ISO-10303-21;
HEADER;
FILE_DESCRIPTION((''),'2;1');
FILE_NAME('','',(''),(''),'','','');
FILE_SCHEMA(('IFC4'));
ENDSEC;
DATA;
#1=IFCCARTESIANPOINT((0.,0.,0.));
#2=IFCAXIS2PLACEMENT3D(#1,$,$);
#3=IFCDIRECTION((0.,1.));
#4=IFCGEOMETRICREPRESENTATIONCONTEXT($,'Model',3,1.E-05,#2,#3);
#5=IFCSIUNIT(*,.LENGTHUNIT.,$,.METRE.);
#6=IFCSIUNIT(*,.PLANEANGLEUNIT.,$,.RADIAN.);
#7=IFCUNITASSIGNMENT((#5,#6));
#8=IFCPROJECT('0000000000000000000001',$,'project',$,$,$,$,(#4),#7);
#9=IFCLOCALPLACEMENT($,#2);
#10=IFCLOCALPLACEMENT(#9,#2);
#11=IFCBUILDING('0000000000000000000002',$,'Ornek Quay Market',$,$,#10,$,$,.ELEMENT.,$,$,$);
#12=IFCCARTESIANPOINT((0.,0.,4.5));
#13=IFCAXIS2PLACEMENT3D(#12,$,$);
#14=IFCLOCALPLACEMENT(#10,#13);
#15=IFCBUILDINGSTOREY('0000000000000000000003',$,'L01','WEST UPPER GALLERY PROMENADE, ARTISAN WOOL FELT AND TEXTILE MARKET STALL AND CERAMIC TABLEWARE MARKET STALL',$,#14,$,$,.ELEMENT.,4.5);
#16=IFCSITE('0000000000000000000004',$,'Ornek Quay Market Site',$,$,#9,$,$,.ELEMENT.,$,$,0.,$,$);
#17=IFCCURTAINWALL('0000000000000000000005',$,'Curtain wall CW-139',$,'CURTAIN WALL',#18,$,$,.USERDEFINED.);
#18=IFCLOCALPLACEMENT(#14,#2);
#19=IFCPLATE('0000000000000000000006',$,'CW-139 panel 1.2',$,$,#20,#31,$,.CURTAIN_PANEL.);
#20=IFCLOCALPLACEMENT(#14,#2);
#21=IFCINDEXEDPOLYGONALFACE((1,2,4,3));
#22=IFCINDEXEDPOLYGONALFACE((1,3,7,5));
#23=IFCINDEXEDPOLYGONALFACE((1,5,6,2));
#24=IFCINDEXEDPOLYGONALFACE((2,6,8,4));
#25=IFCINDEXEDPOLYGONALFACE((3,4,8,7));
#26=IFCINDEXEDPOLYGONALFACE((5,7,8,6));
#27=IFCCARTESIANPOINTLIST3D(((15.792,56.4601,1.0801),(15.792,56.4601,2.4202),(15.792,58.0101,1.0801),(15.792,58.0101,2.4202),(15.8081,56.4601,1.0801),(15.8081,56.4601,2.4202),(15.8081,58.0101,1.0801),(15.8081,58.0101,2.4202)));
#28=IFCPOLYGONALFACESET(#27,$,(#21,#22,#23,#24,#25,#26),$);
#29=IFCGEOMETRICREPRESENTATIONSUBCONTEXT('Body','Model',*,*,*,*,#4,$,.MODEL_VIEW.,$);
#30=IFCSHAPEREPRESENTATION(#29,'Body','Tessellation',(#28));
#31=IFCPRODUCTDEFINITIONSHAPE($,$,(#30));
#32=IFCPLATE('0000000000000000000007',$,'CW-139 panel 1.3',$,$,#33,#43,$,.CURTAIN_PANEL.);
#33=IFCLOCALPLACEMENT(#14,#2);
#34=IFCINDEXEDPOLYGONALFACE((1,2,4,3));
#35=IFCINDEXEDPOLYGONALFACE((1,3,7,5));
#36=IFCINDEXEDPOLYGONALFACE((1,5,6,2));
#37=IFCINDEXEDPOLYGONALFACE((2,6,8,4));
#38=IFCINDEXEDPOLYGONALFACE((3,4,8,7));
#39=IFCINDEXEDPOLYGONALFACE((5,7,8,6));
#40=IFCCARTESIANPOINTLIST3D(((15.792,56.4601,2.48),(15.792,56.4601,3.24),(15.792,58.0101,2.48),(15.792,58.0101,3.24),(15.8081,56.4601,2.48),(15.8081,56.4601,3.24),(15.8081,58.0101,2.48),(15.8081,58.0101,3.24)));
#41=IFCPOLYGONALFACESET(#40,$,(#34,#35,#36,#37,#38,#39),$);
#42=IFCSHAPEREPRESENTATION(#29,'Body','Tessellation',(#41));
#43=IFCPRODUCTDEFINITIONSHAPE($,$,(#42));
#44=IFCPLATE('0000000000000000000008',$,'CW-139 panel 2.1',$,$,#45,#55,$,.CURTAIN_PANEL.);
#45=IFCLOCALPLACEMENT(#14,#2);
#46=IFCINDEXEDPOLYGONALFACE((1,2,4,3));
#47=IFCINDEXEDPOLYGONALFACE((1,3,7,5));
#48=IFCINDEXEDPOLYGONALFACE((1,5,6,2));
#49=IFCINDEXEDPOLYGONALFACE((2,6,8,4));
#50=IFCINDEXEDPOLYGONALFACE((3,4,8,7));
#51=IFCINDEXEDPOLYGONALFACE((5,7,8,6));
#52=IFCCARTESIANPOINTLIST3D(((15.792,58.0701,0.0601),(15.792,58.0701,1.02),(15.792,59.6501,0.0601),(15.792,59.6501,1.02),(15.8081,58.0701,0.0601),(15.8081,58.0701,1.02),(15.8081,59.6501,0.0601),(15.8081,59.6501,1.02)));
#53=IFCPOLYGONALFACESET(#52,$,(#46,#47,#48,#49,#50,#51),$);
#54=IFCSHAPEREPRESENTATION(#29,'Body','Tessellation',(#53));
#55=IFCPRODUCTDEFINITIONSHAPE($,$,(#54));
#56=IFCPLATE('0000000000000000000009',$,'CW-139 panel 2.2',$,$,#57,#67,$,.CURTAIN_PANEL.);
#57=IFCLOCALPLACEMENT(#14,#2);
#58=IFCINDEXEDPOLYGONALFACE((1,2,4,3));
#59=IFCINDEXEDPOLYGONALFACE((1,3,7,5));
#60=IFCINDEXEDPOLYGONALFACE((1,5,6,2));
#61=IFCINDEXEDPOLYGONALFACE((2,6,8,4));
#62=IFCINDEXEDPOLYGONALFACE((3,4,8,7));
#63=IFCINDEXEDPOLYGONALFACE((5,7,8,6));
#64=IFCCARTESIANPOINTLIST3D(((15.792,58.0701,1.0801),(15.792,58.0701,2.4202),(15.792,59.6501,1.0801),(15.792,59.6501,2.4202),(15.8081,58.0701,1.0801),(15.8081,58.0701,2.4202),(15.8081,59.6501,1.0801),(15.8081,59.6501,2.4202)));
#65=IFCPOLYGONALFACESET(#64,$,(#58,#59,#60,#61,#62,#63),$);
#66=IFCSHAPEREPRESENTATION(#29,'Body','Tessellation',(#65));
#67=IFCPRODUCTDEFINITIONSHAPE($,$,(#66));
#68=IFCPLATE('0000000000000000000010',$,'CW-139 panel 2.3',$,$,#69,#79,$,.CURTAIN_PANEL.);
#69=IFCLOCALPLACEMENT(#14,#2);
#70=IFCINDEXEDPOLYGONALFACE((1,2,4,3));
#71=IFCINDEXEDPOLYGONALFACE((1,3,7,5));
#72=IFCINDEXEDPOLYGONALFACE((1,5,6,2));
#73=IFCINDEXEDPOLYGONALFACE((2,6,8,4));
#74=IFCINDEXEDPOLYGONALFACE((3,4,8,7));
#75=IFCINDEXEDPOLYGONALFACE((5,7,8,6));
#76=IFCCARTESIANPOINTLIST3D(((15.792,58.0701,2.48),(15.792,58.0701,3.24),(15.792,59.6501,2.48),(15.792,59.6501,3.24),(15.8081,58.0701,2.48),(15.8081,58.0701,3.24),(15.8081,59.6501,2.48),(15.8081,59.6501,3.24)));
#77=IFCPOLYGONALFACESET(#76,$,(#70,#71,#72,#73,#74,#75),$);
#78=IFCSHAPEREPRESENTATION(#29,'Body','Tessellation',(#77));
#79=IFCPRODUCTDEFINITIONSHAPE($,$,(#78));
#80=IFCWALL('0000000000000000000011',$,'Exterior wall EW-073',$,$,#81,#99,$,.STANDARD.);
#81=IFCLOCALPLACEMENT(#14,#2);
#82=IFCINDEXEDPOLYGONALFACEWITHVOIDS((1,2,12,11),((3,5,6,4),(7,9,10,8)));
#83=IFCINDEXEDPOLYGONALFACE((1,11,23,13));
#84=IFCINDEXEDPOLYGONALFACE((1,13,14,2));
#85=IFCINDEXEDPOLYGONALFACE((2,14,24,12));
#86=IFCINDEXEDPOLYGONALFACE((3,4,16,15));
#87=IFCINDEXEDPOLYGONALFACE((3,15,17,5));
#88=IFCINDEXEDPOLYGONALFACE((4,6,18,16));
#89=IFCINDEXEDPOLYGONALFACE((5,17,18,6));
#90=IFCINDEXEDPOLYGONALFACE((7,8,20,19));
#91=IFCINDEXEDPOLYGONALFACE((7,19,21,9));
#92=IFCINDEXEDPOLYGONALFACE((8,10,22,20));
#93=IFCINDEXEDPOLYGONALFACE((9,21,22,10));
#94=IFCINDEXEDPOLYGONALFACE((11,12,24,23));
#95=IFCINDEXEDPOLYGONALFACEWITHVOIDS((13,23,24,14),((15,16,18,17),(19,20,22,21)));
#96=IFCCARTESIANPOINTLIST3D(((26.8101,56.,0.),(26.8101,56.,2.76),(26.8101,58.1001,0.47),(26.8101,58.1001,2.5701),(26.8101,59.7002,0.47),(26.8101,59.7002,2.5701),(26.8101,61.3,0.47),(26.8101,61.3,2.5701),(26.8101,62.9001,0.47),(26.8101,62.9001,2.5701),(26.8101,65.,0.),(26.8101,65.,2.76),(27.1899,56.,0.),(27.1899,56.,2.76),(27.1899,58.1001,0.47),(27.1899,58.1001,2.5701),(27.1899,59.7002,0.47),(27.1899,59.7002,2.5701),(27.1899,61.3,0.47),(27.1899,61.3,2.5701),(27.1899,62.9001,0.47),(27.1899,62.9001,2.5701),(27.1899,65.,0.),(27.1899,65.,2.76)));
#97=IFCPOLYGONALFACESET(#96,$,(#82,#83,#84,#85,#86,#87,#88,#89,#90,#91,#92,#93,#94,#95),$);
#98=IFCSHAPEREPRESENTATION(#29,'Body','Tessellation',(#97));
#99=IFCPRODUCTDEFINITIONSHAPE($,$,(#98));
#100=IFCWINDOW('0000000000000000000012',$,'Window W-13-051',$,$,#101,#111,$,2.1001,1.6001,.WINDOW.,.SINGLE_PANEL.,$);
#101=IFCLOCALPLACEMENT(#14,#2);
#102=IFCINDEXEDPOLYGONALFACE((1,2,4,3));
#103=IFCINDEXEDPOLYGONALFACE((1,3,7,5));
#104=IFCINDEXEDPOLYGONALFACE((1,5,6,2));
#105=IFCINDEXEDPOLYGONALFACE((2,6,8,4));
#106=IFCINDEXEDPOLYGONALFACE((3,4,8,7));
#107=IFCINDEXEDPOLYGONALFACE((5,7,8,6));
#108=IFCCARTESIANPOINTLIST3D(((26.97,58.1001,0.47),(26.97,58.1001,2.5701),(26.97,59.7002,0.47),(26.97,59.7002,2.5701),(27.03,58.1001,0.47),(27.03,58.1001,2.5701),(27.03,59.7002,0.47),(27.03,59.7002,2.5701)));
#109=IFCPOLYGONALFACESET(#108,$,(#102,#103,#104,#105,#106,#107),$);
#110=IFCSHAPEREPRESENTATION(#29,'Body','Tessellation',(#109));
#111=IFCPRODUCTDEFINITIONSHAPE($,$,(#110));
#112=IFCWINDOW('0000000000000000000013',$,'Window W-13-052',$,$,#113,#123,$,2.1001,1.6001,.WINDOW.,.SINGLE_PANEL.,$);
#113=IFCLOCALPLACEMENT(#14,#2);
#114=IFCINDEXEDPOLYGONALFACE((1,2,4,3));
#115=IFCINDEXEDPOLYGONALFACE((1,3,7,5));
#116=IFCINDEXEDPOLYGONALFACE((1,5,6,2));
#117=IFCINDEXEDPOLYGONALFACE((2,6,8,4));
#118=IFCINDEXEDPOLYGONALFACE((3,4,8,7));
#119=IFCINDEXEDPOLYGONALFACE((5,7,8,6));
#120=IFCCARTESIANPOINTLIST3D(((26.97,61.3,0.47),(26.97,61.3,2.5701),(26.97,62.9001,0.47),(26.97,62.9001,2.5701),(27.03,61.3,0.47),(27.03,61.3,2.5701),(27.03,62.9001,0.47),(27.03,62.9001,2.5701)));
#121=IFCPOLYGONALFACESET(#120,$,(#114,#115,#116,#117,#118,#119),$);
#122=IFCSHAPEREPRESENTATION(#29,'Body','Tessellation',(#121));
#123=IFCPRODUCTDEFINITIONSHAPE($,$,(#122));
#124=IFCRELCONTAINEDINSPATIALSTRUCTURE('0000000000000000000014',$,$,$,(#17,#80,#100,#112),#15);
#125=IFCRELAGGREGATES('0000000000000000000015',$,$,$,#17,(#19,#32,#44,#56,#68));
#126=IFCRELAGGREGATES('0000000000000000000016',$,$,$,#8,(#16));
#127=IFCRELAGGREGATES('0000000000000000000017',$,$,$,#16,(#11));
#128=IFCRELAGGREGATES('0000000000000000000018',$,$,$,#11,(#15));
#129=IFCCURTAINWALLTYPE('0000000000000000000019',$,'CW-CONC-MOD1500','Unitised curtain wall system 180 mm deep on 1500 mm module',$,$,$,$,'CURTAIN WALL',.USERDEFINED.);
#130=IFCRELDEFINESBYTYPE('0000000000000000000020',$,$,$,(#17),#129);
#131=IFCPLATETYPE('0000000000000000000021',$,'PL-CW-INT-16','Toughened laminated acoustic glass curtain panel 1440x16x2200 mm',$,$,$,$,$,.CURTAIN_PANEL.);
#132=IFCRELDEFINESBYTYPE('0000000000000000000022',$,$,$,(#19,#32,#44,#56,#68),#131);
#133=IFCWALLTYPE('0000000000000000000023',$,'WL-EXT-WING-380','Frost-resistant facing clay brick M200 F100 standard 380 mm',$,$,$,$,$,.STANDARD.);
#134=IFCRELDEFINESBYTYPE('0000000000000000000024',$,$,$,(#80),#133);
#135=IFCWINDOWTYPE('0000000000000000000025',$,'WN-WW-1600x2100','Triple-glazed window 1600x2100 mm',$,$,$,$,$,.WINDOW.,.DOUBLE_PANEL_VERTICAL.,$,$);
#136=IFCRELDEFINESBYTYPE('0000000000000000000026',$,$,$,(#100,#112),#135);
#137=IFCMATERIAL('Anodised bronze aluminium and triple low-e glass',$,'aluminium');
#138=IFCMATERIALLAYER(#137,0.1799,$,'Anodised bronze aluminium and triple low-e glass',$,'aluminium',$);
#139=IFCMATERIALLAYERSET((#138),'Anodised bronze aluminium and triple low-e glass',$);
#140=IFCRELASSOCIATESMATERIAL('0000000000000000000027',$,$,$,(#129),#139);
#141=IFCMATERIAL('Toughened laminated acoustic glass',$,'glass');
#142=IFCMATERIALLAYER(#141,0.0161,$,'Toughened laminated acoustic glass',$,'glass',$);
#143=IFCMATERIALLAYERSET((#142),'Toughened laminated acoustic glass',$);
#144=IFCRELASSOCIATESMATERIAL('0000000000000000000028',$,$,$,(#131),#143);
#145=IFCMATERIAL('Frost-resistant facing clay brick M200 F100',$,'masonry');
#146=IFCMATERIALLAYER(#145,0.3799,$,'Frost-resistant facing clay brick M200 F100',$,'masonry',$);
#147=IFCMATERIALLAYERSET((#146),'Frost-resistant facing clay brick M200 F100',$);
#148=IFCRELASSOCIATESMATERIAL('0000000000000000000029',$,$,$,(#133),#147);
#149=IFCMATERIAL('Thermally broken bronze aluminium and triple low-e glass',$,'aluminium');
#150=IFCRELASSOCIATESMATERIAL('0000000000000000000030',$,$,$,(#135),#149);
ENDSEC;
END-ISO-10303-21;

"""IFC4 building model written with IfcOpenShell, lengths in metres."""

from ifc_helpers import new_model, si_unit, direction, frame, frame_2d, origin, origin_2d, place, context, subcontext, project, spatial, rectangle, extrude, material, layer, layer_set, type_object, element, fill, aggregate, save


model = new_model("IFC4")

# Units and contexts
model_context = context("Model", 3, precision=1e-05, world=origin(), true_north=direction((0.0, 1.0)))
body_context = subcontext(model_context, "Body", "Model", "MODEL_VIEW")
ifc_project = project(units=[si_unit("LENGTHUNIT", "METRE"), si_unit("PLANEANGLEUNIT", "RADIAN")], contexts=[model_context])

# Site, building, storey
site_placement = place(None, origin())
site = spatial("IfcSite", under=ifc_project, at=site_placement, Name="Ornek Quay Market Site", CompositionType="ELEMENT", RefElevation=0.0)
building_placement = place(site_placement, origin())
building = spatial("IfcBuilding", under=site, at=building_placement, Name="Ornek Quay Market", CompositionType="ELEMENT")
storey_placement = place(building_placement, frame((0.0, 0.0, 4.5)))
storey = spatial("IfcBuildingStorey", under=building, at=storey_placement, Name="L01", Description="WEST UPPER GALLERY PROMENADE, ARTISAN WOOL FELT AND TEXTILE MARKET STALL AND CERAMIC TABLEWARE MARKET STALL", CompositionType="ELEMENT", Elevation=4.5)

# Shared definitions
ifc_material_1 = material(Name="Anodised bronze aluminium and triple low-e glass", Category="aluminium")
ifc_layer_1 = layer(ifc_material_1, 0.1799, Name="Anodised bronze aluminium and triple low-e glass", Category="aluminium")
ifc_layer_set_1 = layer_set([ifc_layer_1], Name="Anodised bronze aluminium and triple low-e glass")
curtain_wall_type = type_object("IfcCurtainWallType", Name="CW-CONC-MOD1500", Description="Unitised curtain wall system 180 mm deep on 1500 mm module", ElementType="CURTAIN WALL", PredefinedType="USERDEFINED", material=ifc_layer_set_1)

# Curtain wall
curtain_wall_1_placement = place(storey_placement, origin())
curtain_wall_1 = element("IfcCurtainWall", 1, at=curtain_wall_1_placement, inside=storey, type_object=curtain_wall_type, Name="Curtain wall CW-139", ObjectType="CURTAIN WALL", PredefinedType="USERDEFINED")

# Plates
ifc_material_2 = material(Name="Toughened laminated acoustic glass", Category="glass")
ifc_layer_2 = layer(ifc_material_2, 0.0161, Name="Toughened laminated acoustic glass", Category="glass")
ifc_layer_set_2 = layer_set([ifc_layer_2], Name="Toughened laminated acoustic glass")
plate_type = type_object("IfcPlateType", Name="PL-CW-INT-16", Description="Toughened laminated acoustic glass curtain panel 1440x16x2200 mm", PredefinedType="CURTAIN_PANEL", material=ifc_layer_set_2)
plate_1_placement = place(storey_placement, frame((15.8, 57.2351, 1.0801), z_axis=(0.0, 0.0, 1.0), x_axis=(0.0, 1.0, 0.0)))
plate_1 = element("IfcPlate", 2, at=plate_1_placement, type_object=plate_type, Name="CW-139 panel 1.2", PredefinedType="CURTAIN_PANEL", context=body_context, shape_type="SweptSolid", body=[
    extrude(rectangle(XDim=1.55, YDim=0.0161, at=origin_2d()), origin(), (0.0, 0.0, 1.0), 1.3401),
])
plate_2_placement = place(storey_placement, frame((15.8, 57.2351, 2.48), z_axis=(0.0, 0.0, 1.0), x_axis=(0.0, 1.0, 0.0)))
plate_2 = element("IfcPlate", 3, at=plate_2_placement, type_object=plate_type, Name="CW-139 panel 1.3", PredefinedType="CURTAIN_PANEL", context=body_context, shape_type="SweptSolid", body=[
    extrude(rectangle(XDim=1.55, YDim=0.0161, at=origin_2d()), origin(), (0.0, 0.0, 1.0), 0.76),
])
plate_3_placement = place(storey_placement, frame((15.8, 58.8601, 0.0601), z_axis=(0.0, 0.0, 1.0), x_axis=(0.0, 1.0, 0.0)))
plate_3 = element("IfcPlate", 4, at=plate_3_placement, type_object=plate_type, Name="CW-139 panel 2.1", PredefinedType="CURTAIN_PANEL", context=body_context, shape_type="SweptSolid", body=[
    extrude(rectangle(XDim=1.5801, YDim=0.0161, at=origin_2d()), origin(), (0.0, 0.0, 1.0), 0.96),
])
plate_4_placement = place(storey_placement, frame((15.8, 58.8601, 1.0801), z_axis=(0.0, 0.0, 1.0), x_axis=(0.0, 1.0, 0.0)))
plate_4 = element("IfcPlate", 5, at=plate_4_placement, type_object=plate_type, Name="CW-139 panel 2.2", PredefinedType="CURTAIN_PANEL", context=body_context, shape_type="SweptSolid", body=[
    extrude(rectangle(XDim=1.5801, YDim=0.0161, at=origin_2d()), origin(), (0.0, 0.0, 1.0), 1.3401),
])
plate_5_placement = place(storey_placement, frame((15.8, 58.8601, 2.48), z_axis=(0.0, 0.0, 1.0), x_axis=(0.0, 1.0, 0.0)))
plate_5 = element("IfcPlate", 6, at=plate_5_placement, type_object=plate_type, Name="CW-139 panel 2.3", PredefinedType="CURTAIN_PANEL", context=body_context, shape_type="SweptSolid", body=[
    extrude(rectangle(XDim=1.5801, YDim=0.0161, at=origin_2d()), origin(), (0.0, 0.0, 1.0), 0.76),
])
aggregate(curtain_wall_1, [plate_1, plate_2, plate_3, plate_4, plate_5])

# Wall, openings, windows
ifc_material_3 = material(Name="Frost-resistant facing clay brick M200 F100", Category="masonry")
ifc_layer_3 = layer(ifc_material_3, 0.3799, Name="Frost-resistant facing clay brick M200 F100", Category="masonry")
ifc_layer_set_3 = layer_set([ifc_layer_3], Name="Frost-resistant facing clay brick M200 F100")
wall_type = type_object("IfcWallType", Name="WL-EXT-WING-380", Description="Frost-resistant facing clay brick M200 F100 standard 380 mm", PredefinedType="STANDARD", material=ifc_layer_set_3)
wall_placement = place(storey_placement, frame((27.0, 56.0, 0.0), z_axis=(0.0, 0.0, 1.0), x_axis=(0.0, 1.0, 0.0)))
wall = element("IfcWall", 7, at=wall_placement, inside=storey, type_object=wall_type, Name="Exterior wall EW-073", PredefinedType="STANDARD", context=body_context, shape_type="SweptSolid", body=[
    extrude(rectangle(XDim=9.0, YDim=0.3799, at=frame_2d((4.5, 0.0))), origin(), (0.0, 0.0, 1.0), 2.76),
])
opening_1_placement = place(wall_placement, frame((2.1001, 0.0, 0.47)))
opening_1 = element("IfcOpeningElement", 8, at=opening_1_placement, cuts=wall, PredefinedType="OPENING", context=body_context, shape_type="SweptSolid", body=[
    extrude(rectangle(XDim=1.6001, YDim=2.1001, at=frame_2d((0.8, 1.05))), frame((0.0, 0.2, 0.0), z_axis=(0.0, -1.0, 0.0), x_axis=(1.0, 0.0, 0.0)), (0.0, 0.0, 1.0), 0.3999),
])
opening_2_placement = place(wall_placement, frame((5.3, 0.0, 0.47)))
opening_2 = element("IfcOpeningElement", 9, at=opening_2_placement, cuts=wall, PredefinedType="OPENING", context=body_context, shape_type="SweptSolid", body=[
    extrude(rectangle(XDim=1.6001, YDim=2.1001, at=frame_2d((0.8, 1.05))), frame((0.0, 0.2, 0.0), z_axis=(0.0, -1.0, 0.0), x_axis=(1.0, 0.0, 0.0)), (0.0, 0.0, 1.0), 0.3999),
])
ifc_material_4 = material(Name="Thermally broken bronze aluminium and triple low-e glass", Category="aluminium")
window_type = type_object("IfcWindowType", Name="WN-WW-1600x2100", Description="Triple-glazed window 1600x2100 mm", PartitioningType="DOUBLE_PANEL_VERTICAL", PredefinedType="WINDOW", material=ifc_material_4)
window_1_placement = place(opening_1_placement, origin())
window_1 = element("IfcWindow", 10, at=window_1_placement, inside=storey, type_object=window_type, Name="Window W-13-051", OverallHeight=2.1001, OverallWidth=1.6001, PartitioningType="SINGLE_PANEL", PredefinedType="WINDOW", context=body_context, shape_type="SweptSolid", body=[
    extrude(rectangle(XDim=1.6001, YDim=2.1001, at=frame_2d((0.8, 1.05))), frame((0.0, 0.03, 0.0), z_axis=(0.0, -1.0, 0.0), x_axis=(1.0, 0.0, 0.0)), (0.0, 0.0, 1.0), 0.0601),
])
fill(opening_1, window_1)
window_2_placement = place(opening_2_placement, origin())
window_2 = element("IfcWindow", 11, at=window_2_placement, inside=storey, type_object=window_type, Name="Window W-13-052", OverallHeight=2.1001, OverallWidth=1.6001, PartitioningType="SINGLE_PANEL", PredefinedType="WINDOW", context=body_context, shape_type="SweptSolid", body=[
    extrude(rectangle(XDim=1.6001, YDim=2.1001, at=frame_2d((0.8, 1.05))), frame((0.0, 0.03, 0.0), z_axis=(0.0, -1.0, 0.0), x_axis=(1.0, 0.0, 0.0)), (0.0, 0.0, 1.0), 0.0601),
])
fill(opening_2, window_2)

save(model, "model.ifc")
